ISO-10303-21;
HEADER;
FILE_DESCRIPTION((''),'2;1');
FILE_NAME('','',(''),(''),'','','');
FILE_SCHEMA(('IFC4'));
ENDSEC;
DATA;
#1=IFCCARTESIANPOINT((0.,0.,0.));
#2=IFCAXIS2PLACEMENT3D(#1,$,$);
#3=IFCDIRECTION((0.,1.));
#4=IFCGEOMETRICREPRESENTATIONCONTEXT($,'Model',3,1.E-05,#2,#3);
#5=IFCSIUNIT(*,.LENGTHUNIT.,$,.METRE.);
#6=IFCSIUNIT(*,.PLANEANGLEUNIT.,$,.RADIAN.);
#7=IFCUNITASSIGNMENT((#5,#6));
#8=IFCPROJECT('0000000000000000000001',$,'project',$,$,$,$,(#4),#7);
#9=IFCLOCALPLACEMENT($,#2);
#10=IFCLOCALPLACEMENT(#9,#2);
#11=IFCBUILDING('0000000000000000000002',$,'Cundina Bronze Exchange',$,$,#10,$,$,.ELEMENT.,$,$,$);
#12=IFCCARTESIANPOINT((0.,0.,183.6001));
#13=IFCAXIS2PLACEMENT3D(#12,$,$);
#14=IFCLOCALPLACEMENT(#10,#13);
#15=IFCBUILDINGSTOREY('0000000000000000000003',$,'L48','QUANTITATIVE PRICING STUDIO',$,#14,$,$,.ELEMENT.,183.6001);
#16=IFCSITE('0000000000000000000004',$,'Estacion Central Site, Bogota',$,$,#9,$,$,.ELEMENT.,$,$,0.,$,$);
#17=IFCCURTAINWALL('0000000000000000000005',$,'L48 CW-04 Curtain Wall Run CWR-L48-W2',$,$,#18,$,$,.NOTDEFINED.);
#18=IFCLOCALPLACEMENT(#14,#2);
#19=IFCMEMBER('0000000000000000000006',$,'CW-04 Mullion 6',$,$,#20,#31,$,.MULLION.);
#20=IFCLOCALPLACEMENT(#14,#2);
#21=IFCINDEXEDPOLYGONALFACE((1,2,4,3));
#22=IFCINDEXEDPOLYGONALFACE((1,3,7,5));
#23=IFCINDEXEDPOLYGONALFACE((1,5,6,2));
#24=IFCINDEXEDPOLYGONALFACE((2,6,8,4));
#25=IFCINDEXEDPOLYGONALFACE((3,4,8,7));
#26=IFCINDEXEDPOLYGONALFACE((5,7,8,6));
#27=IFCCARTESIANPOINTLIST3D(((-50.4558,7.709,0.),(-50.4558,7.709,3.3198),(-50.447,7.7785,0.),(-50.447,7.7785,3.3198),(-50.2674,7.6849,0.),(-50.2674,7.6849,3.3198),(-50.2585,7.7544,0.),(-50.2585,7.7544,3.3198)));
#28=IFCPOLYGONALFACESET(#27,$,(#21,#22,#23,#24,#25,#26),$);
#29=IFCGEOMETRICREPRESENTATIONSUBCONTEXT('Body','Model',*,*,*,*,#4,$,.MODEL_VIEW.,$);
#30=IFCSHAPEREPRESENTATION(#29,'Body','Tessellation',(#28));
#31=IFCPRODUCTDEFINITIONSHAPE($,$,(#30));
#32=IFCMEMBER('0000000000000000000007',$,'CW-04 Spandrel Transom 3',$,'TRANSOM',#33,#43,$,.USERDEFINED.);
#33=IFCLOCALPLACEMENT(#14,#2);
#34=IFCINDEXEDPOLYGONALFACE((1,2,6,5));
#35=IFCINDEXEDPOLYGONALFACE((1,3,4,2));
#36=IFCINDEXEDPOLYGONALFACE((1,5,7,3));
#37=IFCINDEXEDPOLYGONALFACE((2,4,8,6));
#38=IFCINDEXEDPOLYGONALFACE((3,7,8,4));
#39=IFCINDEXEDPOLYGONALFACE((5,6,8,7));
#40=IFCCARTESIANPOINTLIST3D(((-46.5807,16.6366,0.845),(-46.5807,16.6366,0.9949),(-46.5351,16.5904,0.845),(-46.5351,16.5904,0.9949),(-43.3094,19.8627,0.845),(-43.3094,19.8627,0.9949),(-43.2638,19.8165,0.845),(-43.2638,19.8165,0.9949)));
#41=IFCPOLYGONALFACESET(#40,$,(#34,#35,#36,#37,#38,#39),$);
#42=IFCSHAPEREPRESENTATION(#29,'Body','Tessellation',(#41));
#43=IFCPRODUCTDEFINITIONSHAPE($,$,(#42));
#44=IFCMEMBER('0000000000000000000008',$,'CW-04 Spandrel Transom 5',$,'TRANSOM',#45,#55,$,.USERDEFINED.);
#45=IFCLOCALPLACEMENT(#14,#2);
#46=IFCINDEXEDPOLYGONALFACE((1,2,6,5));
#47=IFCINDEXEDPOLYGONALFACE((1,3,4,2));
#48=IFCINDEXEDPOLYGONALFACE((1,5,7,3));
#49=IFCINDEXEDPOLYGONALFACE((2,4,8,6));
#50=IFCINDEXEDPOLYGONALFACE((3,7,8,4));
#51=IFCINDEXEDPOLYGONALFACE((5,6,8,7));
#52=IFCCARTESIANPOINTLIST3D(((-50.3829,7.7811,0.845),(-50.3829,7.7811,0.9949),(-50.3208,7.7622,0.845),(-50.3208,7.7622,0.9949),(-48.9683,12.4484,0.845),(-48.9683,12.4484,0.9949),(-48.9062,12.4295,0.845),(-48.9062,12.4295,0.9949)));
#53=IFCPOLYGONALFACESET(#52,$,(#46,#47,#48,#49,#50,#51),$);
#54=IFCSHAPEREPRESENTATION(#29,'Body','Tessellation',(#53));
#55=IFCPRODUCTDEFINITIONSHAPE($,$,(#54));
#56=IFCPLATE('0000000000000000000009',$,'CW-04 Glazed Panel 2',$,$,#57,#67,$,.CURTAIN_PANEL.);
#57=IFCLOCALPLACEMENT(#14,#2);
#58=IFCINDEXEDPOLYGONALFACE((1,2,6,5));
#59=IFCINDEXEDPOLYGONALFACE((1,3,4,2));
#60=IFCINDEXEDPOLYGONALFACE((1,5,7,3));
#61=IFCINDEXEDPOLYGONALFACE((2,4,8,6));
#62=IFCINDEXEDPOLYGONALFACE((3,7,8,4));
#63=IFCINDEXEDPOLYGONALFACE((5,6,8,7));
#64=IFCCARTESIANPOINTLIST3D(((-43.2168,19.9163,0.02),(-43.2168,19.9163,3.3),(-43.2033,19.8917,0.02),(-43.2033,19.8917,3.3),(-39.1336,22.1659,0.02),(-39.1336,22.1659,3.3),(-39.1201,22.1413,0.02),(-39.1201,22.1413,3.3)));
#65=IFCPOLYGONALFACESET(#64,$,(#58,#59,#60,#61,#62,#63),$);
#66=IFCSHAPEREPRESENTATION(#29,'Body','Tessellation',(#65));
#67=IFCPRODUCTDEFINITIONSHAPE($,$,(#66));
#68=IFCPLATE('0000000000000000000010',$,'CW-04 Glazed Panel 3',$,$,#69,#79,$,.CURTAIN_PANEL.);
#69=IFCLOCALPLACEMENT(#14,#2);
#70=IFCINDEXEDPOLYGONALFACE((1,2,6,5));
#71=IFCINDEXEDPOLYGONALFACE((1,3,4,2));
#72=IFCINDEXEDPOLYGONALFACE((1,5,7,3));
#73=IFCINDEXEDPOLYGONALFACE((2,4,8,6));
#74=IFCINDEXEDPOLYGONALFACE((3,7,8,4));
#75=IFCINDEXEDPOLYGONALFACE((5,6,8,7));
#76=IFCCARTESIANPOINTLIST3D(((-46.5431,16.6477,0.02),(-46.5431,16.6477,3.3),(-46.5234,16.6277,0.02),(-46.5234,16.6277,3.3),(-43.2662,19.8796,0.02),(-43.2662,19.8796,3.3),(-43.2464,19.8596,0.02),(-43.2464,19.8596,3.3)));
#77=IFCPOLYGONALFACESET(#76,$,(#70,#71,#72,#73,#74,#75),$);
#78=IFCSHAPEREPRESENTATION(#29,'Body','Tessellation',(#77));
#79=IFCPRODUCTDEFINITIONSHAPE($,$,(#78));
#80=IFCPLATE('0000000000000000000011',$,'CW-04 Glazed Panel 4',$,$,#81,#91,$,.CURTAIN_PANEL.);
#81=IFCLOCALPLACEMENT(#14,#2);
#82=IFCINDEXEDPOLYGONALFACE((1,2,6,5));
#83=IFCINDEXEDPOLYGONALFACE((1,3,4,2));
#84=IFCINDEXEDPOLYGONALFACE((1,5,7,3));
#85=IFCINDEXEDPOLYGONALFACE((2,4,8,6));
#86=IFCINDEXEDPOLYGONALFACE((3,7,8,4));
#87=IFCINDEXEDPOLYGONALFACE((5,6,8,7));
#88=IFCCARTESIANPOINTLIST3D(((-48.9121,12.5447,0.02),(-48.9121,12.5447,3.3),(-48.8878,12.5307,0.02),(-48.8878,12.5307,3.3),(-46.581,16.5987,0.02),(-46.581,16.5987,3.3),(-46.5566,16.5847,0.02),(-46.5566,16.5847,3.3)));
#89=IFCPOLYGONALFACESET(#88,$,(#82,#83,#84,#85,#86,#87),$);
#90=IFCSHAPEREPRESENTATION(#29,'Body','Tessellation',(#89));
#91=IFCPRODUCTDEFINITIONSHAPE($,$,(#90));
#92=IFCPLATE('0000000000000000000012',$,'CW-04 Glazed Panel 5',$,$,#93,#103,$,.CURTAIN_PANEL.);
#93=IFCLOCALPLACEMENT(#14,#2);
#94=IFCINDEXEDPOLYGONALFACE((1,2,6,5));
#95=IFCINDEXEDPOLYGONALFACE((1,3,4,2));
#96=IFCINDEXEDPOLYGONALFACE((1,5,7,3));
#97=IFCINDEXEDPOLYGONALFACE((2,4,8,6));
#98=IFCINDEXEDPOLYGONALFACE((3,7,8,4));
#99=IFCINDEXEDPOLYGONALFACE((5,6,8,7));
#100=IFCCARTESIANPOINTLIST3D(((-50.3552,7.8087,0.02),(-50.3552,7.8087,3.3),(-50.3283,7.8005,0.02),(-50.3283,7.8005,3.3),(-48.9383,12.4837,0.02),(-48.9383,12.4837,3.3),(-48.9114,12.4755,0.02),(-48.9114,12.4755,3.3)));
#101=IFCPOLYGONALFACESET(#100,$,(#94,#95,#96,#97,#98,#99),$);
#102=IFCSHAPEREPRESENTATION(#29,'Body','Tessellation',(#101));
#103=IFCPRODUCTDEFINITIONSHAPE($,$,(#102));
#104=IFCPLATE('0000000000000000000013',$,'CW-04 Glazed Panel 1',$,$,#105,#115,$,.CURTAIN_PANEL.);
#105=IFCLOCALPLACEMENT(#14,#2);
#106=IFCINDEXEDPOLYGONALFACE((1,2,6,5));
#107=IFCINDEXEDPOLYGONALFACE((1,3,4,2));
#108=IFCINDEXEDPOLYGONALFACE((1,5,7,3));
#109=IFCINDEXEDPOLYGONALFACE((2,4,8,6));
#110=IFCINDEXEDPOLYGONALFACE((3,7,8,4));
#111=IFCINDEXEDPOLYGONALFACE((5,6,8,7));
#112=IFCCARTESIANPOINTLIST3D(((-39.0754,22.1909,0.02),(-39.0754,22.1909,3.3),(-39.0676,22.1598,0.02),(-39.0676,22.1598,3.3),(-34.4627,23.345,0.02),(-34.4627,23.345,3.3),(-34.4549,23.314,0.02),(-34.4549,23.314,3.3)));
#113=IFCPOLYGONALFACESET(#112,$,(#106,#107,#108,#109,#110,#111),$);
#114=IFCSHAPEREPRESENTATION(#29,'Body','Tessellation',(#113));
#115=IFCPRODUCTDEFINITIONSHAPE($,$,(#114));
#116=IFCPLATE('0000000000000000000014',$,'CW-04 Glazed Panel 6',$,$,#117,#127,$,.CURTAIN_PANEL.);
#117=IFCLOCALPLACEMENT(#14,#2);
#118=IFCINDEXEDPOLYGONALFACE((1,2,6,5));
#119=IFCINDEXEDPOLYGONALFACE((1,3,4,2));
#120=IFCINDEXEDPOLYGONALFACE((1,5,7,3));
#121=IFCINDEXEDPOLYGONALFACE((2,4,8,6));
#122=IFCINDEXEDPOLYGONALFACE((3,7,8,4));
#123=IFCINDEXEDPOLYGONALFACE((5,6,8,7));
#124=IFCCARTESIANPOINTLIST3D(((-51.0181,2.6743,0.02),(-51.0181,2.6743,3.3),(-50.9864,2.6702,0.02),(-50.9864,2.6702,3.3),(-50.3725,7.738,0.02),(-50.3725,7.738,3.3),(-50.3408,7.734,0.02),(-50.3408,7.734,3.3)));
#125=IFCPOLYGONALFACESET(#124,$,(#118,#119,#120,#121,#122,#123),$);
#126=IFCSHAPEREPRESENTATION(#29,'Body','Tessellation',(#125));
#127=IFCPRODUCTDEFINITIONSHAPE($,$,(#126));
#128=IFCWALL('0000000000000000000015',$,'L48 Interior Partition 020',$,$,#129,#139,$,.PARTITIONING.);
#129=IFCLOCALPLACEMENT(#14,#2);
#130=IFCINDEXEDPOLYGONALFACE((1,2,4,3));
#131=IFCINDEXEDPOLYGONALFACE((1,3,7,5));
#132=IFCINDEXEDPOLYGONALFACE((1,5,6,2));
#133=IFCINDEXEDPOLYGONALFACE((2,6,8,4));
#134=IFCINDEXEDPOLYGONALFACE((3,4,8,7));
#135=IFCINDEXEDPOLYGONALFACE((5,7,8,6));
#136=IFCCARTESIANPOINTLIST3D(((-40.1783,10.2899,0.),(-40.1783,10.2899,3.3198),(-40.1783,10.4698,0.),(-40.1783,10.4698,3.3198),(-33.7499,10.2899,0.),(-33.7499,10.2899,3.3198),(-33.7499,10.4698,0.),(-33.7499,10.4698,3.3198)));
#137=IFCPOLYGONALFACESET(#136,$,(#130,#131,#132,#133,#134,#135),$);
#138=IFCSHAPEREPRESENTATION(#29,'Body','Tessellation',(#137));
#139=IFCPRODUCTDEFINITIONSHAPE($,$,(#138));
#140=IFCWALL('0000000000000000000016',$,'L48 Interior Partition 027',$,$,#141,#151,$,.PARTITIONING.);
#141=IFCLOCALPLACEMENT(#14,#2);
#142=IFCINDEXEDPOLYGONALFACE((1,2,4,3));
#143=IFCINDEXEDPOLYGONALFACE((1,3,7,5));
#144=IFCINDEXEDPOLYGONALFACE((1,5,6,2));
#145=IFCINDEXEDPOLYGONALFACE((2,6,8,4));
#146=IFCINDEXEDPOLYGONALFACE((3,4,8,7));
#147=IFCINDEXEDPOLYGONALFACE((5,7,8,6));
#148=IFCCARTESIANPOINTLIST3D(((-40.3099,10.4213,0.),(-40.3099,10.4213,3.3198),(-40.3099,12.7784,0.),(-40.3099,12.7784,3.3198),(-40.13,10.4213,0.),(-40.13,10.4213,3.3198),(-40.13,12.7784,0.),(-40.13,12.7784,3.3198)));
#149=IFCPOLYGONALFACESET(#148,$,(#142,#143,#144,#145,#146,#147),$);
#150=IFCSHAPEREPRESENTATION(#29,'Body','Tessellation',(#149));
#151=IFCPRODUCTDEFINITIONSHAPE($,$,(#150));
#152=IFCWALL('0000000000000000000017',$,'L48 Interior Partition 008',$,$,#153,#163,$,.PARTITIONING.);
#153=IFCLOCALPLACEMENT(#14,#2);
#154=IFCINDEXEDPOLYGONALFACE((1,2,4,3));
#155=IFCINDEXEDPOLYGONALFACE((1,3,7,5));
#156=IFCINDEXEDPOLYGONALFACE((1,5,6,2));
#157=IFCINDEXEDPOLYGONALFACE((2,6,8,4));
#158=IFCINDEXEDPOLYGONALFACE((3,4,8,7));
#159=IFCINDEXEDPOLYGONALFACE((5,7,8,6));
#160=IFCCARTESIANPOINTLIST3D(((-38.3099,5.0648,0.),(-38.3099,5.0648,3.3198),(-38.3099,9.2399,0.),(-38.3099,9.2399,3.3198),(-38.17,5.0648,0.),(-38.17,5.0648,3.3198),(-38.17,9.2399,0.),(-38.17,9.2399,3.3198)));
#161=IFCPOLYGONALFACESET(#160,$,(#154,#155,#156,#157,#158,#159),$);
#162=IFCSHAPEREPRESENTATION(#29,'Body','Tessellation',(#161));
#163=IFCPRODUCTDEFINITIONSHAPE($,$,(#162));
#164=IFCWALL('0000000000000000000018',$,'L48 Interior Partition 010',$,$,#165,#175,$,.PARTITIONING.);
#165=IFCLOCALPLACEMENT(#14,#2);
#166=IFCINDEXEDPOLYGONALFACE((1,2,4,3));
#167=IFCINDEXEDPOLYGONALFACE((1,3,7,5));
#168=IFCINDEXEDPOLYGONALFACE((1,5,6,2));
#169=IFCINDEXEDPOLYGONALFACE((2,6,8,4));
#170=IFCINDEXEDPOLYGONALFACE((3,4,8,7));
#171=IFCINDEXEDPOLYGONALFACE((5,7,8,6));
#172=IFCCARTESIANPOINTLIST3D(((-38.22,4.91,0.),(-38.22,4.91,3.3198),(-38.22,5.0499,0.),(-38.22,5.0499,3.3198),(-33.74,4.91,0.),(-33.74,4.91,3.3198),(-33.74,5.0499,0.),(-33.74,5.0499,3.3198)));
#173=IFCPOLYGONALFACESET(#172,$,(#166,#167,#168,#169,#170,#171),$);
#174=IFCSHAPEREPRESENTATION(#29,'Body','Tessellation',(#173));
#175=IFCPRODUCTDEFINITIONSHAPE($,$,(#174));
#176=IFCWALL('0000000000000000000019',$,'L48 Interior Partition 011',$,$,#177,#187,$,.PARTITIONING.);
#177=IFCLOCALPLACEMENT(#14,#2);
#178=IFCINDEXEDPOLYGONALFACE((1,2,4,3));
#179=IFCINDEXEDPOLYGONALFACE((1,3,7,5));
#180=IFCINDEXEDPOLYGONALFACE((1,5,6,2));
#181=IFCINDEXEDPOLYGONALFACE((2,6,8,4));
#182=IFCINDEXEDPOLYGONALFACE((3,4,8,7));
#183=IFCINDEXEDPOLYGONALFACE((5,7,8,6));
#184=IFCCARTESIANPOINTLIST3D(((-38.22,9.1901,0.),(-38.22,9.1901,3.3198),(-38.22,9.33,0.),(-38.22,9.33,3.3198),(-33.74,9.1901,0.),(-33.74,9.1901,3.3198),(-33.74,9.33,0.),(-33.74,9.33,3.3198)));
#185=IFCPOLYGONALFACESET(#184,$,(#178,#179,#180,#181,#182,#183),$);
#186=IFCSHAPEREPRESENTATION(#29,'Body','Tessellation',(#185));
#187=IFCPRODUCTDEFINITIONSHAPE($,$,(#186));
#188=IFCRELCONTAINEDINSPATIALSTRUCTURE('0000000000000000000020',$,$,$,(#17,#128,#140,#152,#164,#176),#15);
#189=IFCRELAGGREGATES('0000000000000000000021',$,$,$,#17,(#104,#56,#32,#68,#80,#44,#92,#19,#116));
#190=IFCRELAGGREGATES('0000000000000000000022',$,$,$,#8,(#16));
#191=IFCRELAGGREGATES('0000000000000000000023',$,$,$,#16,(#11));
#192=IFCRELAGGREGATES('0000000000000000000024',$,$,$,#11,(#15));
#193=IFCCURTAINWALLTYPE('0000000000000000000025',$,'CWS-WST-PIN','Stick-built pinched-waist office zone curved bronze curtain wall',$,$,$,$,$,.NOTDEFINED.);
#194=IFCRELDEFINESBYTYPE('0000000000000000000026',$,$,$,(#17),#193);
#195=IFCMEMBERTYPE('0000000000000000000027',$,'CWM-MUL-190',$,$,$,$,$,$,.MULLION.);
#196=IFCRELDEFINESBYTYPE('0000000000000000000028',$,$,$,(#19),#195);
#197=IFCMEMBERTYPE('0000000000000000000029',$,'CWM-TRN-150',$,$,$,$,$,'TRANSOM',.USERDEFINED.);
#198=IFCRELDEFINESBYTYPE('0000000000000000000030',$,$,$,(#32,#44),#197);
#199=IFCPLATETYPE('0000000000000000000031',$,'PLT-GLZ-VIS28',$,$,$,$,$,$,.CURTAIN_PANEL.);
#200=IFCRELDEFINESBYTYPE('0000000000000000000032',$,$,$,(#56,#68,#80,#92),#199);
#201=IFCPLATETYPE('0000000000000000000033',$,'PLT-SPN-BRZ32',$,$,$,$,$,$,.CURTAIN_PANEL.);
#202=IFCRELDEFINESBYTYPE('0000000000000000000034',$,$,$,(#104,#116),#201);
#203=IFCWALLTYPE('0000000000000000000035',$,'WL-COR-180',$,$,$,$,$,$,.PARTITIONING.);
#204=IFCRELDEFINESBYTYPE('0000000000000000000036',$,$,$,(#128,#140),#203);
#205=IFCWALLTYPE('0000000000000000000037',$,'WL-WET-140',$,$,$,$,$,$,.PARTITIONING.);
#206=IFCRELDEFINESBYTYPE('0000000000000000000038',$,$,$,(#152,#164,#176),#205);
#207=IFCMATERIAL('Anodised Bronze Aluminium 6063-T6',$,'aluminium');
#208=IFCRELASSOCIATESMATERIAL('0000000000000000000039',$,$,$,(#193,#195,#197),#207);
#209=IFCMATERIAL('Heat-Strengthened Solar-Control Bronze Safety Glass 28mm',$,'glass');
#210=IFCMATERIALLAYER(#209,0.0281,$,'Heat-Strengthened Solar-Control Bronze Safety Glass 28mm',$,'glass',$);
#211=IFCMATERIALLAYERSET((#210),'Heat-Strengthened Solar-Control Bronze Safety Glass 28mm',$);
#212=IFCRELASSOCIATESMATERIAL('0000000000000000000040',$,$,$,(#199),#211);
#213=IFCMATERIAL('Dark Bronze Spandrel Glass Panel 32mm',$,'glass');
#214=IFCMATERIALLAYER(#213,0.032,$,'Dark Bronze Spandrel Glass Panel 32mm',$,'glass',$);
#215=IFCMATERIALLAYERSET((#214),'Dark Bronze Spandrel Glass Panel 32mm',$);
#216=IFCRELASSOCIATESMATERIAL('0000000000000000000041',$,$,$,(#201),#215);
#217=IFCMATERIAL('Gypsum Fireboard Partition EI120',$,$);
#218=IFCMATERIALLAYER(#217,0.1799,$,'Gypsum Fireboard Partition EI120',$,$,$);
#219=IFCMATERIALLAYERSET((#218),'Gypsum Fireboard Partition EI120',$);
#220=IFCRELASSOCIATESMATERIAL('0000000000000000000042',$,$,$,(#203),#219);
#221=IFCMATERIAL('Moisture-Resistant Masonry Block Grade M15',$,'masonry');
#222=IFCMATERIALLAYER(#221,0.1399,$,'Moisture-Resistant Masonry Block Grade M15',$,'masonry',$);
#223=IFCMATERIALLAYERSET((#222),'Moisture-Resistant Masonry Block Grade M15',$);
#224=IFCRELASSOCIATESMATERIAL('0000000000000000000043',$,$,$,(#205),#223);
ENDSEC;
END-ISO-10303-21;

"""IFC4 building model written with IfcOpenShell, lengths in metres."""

from ifc_helpers import new_model, si_unit, direction, frame, frame_2d, origin, origin_2d, place, context, subcontext, project, spatial, rectangle, extrude, material, layer, layer_set, material_profile, profile_set, type_object, element, aggregate, save


model = new_model("IFC4")

# Units and contexts
model_context = context("Model", 3, precision=1e-05, world=origin(), true_north=direction((0.0, 1.0)))
body_context = subcontext(model_context, "Body", "Model", "MODEL_VIEW")
ifc_project = project(units=[si_unit("LENGTHUNIT", "METRE"), si_unit("PLANEANGLEUNIT", "RADIAN")], contexts=[model_context])

# Site, building, storey
site_placement = place(None, origin())
site = spatial("IfcSite", under=ifc_project, at=site_placement, Name="Estacion Central Site, Bogota", CompositionType="ELEMENT", RefElevation=0.0)
building_placement = place(site_placement, origin())
building = spatial("IfcBuilding", under=site, at=building_placement, Name="Cundina Bronze Exchange", CompositionType="ELEMENT")
storey_placement = place(building_placement, frame((0.0, 0.0, 183.6001)))
storey = spatial("IfcBuildingStorey", under=building, at=storey_placement, Name="L48", Description="QUANTITATIVE PRICING STUDIO", CompositionType="ELEMENT", Elevation=183.6001)

# Curtain wall, members, plates
ifc_material_1 = material(Name="Anodised Bronze Aluminium 6063-T6", Category="aluminium")
curtain_wall_type = type_object("IfcCurtainWallType", Name="CWS-WST-PIN", Description="Stick-built pinched-waist office zone curved bronze curtain wall", PredefinedType="NOTDEFINED", material=ifc_material_1)
curtain_wall_placement = place(storey_placement, origin())
curtain_wall = element("IfcCurtainWall", 1, at=curtain_wall_placement, inside=storey, type_object=curtain_wall_type, Name="L48 CW-04 Curtain Wall Run CWR-L48-W2", PredefinedType="NOTDEFINED")
ifc_material_profile_1 = material_profile(ifc_material_1, rectangle(XDim=0.0701, YDim=0.1899, at=origin_2d()), Name="AL70X190", Category="aluminium")
ifc_profile_set_1 = profile_set([ifc_material_profile_1], Name="Anodised Bronze Aluminium 6063-T6")
member_type_1 = type_object("IfcMemberType", Name="CWM-MUL-190", PredefinedType="MULLION", material=ifc_profile_set_1)
member_1_placement = place(storey_placement, frame((-50.3572, 7.7317, 0.0), z_axis=(0.0, 0.0, 1.0), x_axis=(-0.126545, -0.991961, 0.0)))
member_1 = element("IfcMember", 2, at=member_1_placement, type_object=member_type_1, Name="CW-04 Mullion 6", PredefinedType="MULLION", context=body_context, shape_type="SweptSolid", body=[
    extrude(rectangle(XDim=0.0701, YDim=0.1899, at=origin_2d()), origin(), (0.0, 0.0, 1.0), 3.3198),
])
ifc_material_profile_2 = material_profile(ifc_material_1, rectangle(XDim=0.0649, YDim=0.1499, at=origin_2d()), Name="AL65X150", Category="aluminium")
ifc_profile_set_2 = profile_set([ifc_material_profile_2], Name="Anodised Bronze Aluminium 6063-T6")
member_type_2 = type_object("IfcMemberType", Name="CWM-TRN-150", ElementType="TRANSOM", PredefinedType="USERDEFINED", material=ifc_profile_set_2)
member_2_placement = place(storey_placement, frame((-43.2866, 19.8396, 0.9199), z_axis=(-0.712005, -0.702174, 0.0), x_axis=(0.702174, -0.712005, 0.0)))
member_2 = element("IfcMember", 3, at=member_2_placement, type_object=member_type_2, Name="CW-04 Spandrel Transom 3", ObjectType="TRANSOM", PredefinedType="USERDEFINED", context=body_context, shape_type="SweptSolid", body=[
    extrude(rectangle(XDim=0.0649, YDim=0.1499, at=origin_2d()), origin(), (0.0, 0.0, 1.0), 4.5945),
])
member_3_placement = place(storey_placement, frame((-48.9373, 12.439, 0.9199), z_axis=(-0.290052, -0.957011, 0.0), x_axis=(0.957011, -0.290052, 0.0)))
member_3 = element("IfcMember", 4, at=member_3_placement, type_object=member_type_2, Name="CW-04 Spandrel Transom 5", ObjectType="TRANSOM", PredefinedType="USERDEFINED", context=body_context, shape_type="SweptSolid", body=[
    extrude(rectangle(XDim=0.0649, YDim=0.1499, at=origin_2d()), origin(), (0.0, 0.0, 1.0), 4.877),
])
ifc_material_2 = material(Name="Heat-Strengthened Solar-Control Bronze Safety Glass 28mm", Category="glass")
ifc_layer_1 = layer(ifc_material_2, 0.0281, Name="Heat-Strengthened Solar-Control Bronze Safety Glass 28mm", Category="glass")
ifc_layer_set_1 = layer_set([ifc_layer_1], Name="Heat-Strengthened Solar-Control Bronze Safety Glass 28mm")
plate_type_1 = type_object("IfcPlateType", Name="PLT-GLZ-VIS28", PredefinedType="CURTAIN_PANEL", material=ifc_layer_set_1)
plate_1_placement = place(storey_placement, frame((-41.1685, 21.0288, 0.02), z_axis=(0.0, 0.0, 1.0), x_axis=(-0.875869, -0.482549, 0.0)))
plate_1 = element("IfcPlate", 5, at=plate_1_placement, type_object=plate_type_1, Name="CW-04 Glazed Panel 2", PredefinedType="CURTAIN_PANEL", context=body_context, shape_type="SweptSolid", body=[
    extrude(rectangle(XDim=4.6619, YDim=0.0281, at=origin_2d()), origin(), (0.0, 0.0, 1.0), 3.28),
])
plate_2_placement = place(storey_placement, frame((-44.8948, 18.2537, 0.02), z_axis=(0.0, 0.0, 1.0), x_axis=(-0.711989, -0.70219, 0.0)))
plate_2 = element("IfcPlate", 6, at=plate_2_placement, type_object=plate_type_1, Name="CW-04 Glazed Panel 3", PredefinedType="CURTAIN_PANEL", context=body_context, shape_type="SweptSolid", body=[
    extrude(rectangle(XDim=4.6025, YDim=0.0281, at=origin_2d()), origin(), (0.0, 0.0, 1.0), 3.28),
])
plate_3_placement = place(storey_placement, frame((-47.7344, 14.5647, 0.02), z_axis=(0.0, 0.0, 1.0), x_axis=(-0.498488, -0.866897, 0.0)))
plate_3 = element("IfcPlate", 7, at=plate_3_placement, type_object=plate_type_1, Name="CW-04 Glazed Panel 4", PredefinedType="CURTAIN_PANEL", context=body_context, shape_type="SweptSolid", body=[
    extrude(rectangle(XDim=4.6765, YDim=0.0281, at=origin_2d()), origin(), (0.0, 0.0, 1.0), 3.28),
])
plate_4_placement = place(storey_placement, frame((-49.6333, 10.1421, 0.02), z_axis=(0.0, 0.0, 1.0), x_axis=(-0.290051, -0.957011, 0.0)))
plate_4 = element("IfcPlate", 8, at=plate_4_placement, type_object=plate_type_1, Name="CW-04 Glazed Panel 5", PredefinedType="CURTAIN_PANEL", context=body_context, shape_type="SweptSolid", body=[
    extrude(rectangle(XDim=4.885, YDim=0.0281, at=origin_2d()), origin(), (0.0, 0.0, 1.0), 3.28),
])
ifc_material_3 = material(Name="Dark Bronze Spandrel Glass Panel 32mm", Category="glass")
ifc_layer_2 = layer(ifc_material_3, 0.032, Name="Dark Bronze Spandrel Glass Panel 32mm", Category="glass")
ifc_layer_set_2 = layer_set([ifc_layer_2], Name="Dark Bronze Spandrel Glass Panel 32mm")
plate_type_2 = type_object("IfcPlateType", Name="PLT-SPN-BRZ32", PredefinedType="CURTAIN_PANEL", material=ifc_layer_set_2)
plate_5_placement = place(storey_placement, frame((-36.7651, 22.7524, 0.02), z_axis=(0.0, 0.0, 1.0), x_axis=(-0.970093, -0.242735, 0.0)))
plate_5 = element("IfcPlate", 9, at=plate_5_placement, type_object=plate_type_2, Name="CW-04 Glazed Panel 1", PredefinedType="CURTAIN_PANEL", context=body_context, shape_type="SweptSolid", body=[
    extrude(rectangle(XDim=4.7549, YDim=0.032, at=origin_2d()), origin(), (0.0, 0.0, 1.0), 3.28),
])
plate_6_placement = place(storey_placement, frame((-50.6794, 5.2041, 0.02), z_axis=(0.0, 0.0, 1.0), x_axis=(-0.126476, -0.99197, 0.0)))
plate_6 = element("IfcPlate", 10, at=plate_6_placement, type_object=plate_type_2, Name="CW-04 Glazed Panel 6", PredefinedType="CURTAIN_PANEL", context=body_context, shape_type="SweptSolid", body=[
    extrude(rectangle(XDim=5.1047, YDim=0.032, at=origin_2d()), origin(), (0.0, 0.0, 1.0), 3.28),
])
aggregate(curtain_wall, [plate_5, plate_1, member_2, plate_2, plate_3, member_3, plate_4, member_1, plate_6])

# Walls
ifc_material_4 = material(Name="Gypsum Fireboard Partition EI120")
ifc_layer_3 = layer(ifc_material_4, 0.1799, Name="Gypsum Fireboard Partition EI120")
ifc_layer_set_3 = layer_set([ifc_layer_3], Name="Gypsum Fireboard Partition EI120")
wall_type_1 = type_object("IfcWallType", Name="WL-COR-180", PredefinedType="PARTITIONING", material=ifc_layer_set_3)
wall_1_placement = place(storey_placement, frame((-40.1785, 10.3799, 0.0), z_axis=(0.0, 0.0, 1.0), x_axis=(1.0, 0.0, 0.0)))
element("IfcWall", 11, at=wall_1_placement, inside=storey, type_object=wall_type_1, Name="L48 Interior Partition 020", PredefinedType="PARTITIONING", context=body_context, shape_type="SweptSolid", body=[
    extrude(rectangle(XDim=6.4285, YDim=0.1799, at=frame_2d((3.2144, 0.0))), origin(), (0.0, 0.0, 1.0), 3.3198),
])
wall_2_placement = place(storey_placement, frame((-40.22, 12.7786, 0.0), z_axis=(0.0, 0.0, 1.0), x_axis=(0.0, -1.0, 0.0)))
element("IfcWall", 12, at=wall_2_placement, inside=storey, type_object=wall_type_1, Name="L48 Interior Partition 027", PredefinedType="PARTITIONING", context=body_context, shape_type="SweptSolid", body=[
    extrude(rectangle(XDim=2.3572, YDim=0.1799, at=frame_2d((1.1787, 0.0))), origin(), (0.0, 0.0, 1.0), 3.3198),
])
ifc_material_5 = material(Name="Moisture-Resistant Masonry Block Grade M15", Category="masonry")
ifc_layer_4 = layer(ifc_material_5, 0.1399, Name="Moisture-Resistant Masonry Block Grade M15", Category="masonry")
ifc_layer_set_4 = layer_set([ifc_layer_4], Name="Moisture-Resistant Masonry Block Grade M15")
wall_type_2 = type_object("IfcWallType", Name="WL-WET-140", PredefinedType="PARTITIONING", material=ifc_layer_set_4)
wall_3_placement = place(storey_placement, frame((-38.24, 5.0649, 0.0), z_axis=(0.0, 0.0, 1.0), x_axis=(0.0, 1.0, 0.0)))
element("IfcWall", 13, at=wall_3_placement, inside=storey, type_object=wall_type_2, Name="L48 Interior Partition 008", PredefinedType="PARTITIONING", context=body_context, shape_type="SweptSolid", body=[
    extrude(rectangle(XDim=4.175, YDim=0.1399, at=frame_2d((2.0874, 0.0))), origin(), (0.0, 0.0, 1.0), 3.3198),
])
for number, where, z_axis, x_axis, name in (
    (14, (-38.22, 4.98, 0.0), (0.0, 0.0, 1.0), (1.0, 0.0, 0.0), "L48 Interior Partition 010"),
    (15, (-38.22, 9.26, 0.0), (0.0, 0.0, 1.0), (1.0, 0.0, 0.0), "L48 Interior Partition 011"),
):
    element("IfcWall", number, at=place(storey_placement, frame(where, z_axis=z_axis, x_axis=x_axis)), inside=storey, type_object=wall_type_2, Name=name, PredefinedType="PARTITIONING", context=body_context, shape_type="SweptSolid", body=[
        extrude(rectangle(XDim=4.48, YDim=0.1399, at=frame_2d((2.24, 0.0))), origin(), (0.0, 0.0, 1.0), 3.3198),
    ])

save(model, "model.ifc")
